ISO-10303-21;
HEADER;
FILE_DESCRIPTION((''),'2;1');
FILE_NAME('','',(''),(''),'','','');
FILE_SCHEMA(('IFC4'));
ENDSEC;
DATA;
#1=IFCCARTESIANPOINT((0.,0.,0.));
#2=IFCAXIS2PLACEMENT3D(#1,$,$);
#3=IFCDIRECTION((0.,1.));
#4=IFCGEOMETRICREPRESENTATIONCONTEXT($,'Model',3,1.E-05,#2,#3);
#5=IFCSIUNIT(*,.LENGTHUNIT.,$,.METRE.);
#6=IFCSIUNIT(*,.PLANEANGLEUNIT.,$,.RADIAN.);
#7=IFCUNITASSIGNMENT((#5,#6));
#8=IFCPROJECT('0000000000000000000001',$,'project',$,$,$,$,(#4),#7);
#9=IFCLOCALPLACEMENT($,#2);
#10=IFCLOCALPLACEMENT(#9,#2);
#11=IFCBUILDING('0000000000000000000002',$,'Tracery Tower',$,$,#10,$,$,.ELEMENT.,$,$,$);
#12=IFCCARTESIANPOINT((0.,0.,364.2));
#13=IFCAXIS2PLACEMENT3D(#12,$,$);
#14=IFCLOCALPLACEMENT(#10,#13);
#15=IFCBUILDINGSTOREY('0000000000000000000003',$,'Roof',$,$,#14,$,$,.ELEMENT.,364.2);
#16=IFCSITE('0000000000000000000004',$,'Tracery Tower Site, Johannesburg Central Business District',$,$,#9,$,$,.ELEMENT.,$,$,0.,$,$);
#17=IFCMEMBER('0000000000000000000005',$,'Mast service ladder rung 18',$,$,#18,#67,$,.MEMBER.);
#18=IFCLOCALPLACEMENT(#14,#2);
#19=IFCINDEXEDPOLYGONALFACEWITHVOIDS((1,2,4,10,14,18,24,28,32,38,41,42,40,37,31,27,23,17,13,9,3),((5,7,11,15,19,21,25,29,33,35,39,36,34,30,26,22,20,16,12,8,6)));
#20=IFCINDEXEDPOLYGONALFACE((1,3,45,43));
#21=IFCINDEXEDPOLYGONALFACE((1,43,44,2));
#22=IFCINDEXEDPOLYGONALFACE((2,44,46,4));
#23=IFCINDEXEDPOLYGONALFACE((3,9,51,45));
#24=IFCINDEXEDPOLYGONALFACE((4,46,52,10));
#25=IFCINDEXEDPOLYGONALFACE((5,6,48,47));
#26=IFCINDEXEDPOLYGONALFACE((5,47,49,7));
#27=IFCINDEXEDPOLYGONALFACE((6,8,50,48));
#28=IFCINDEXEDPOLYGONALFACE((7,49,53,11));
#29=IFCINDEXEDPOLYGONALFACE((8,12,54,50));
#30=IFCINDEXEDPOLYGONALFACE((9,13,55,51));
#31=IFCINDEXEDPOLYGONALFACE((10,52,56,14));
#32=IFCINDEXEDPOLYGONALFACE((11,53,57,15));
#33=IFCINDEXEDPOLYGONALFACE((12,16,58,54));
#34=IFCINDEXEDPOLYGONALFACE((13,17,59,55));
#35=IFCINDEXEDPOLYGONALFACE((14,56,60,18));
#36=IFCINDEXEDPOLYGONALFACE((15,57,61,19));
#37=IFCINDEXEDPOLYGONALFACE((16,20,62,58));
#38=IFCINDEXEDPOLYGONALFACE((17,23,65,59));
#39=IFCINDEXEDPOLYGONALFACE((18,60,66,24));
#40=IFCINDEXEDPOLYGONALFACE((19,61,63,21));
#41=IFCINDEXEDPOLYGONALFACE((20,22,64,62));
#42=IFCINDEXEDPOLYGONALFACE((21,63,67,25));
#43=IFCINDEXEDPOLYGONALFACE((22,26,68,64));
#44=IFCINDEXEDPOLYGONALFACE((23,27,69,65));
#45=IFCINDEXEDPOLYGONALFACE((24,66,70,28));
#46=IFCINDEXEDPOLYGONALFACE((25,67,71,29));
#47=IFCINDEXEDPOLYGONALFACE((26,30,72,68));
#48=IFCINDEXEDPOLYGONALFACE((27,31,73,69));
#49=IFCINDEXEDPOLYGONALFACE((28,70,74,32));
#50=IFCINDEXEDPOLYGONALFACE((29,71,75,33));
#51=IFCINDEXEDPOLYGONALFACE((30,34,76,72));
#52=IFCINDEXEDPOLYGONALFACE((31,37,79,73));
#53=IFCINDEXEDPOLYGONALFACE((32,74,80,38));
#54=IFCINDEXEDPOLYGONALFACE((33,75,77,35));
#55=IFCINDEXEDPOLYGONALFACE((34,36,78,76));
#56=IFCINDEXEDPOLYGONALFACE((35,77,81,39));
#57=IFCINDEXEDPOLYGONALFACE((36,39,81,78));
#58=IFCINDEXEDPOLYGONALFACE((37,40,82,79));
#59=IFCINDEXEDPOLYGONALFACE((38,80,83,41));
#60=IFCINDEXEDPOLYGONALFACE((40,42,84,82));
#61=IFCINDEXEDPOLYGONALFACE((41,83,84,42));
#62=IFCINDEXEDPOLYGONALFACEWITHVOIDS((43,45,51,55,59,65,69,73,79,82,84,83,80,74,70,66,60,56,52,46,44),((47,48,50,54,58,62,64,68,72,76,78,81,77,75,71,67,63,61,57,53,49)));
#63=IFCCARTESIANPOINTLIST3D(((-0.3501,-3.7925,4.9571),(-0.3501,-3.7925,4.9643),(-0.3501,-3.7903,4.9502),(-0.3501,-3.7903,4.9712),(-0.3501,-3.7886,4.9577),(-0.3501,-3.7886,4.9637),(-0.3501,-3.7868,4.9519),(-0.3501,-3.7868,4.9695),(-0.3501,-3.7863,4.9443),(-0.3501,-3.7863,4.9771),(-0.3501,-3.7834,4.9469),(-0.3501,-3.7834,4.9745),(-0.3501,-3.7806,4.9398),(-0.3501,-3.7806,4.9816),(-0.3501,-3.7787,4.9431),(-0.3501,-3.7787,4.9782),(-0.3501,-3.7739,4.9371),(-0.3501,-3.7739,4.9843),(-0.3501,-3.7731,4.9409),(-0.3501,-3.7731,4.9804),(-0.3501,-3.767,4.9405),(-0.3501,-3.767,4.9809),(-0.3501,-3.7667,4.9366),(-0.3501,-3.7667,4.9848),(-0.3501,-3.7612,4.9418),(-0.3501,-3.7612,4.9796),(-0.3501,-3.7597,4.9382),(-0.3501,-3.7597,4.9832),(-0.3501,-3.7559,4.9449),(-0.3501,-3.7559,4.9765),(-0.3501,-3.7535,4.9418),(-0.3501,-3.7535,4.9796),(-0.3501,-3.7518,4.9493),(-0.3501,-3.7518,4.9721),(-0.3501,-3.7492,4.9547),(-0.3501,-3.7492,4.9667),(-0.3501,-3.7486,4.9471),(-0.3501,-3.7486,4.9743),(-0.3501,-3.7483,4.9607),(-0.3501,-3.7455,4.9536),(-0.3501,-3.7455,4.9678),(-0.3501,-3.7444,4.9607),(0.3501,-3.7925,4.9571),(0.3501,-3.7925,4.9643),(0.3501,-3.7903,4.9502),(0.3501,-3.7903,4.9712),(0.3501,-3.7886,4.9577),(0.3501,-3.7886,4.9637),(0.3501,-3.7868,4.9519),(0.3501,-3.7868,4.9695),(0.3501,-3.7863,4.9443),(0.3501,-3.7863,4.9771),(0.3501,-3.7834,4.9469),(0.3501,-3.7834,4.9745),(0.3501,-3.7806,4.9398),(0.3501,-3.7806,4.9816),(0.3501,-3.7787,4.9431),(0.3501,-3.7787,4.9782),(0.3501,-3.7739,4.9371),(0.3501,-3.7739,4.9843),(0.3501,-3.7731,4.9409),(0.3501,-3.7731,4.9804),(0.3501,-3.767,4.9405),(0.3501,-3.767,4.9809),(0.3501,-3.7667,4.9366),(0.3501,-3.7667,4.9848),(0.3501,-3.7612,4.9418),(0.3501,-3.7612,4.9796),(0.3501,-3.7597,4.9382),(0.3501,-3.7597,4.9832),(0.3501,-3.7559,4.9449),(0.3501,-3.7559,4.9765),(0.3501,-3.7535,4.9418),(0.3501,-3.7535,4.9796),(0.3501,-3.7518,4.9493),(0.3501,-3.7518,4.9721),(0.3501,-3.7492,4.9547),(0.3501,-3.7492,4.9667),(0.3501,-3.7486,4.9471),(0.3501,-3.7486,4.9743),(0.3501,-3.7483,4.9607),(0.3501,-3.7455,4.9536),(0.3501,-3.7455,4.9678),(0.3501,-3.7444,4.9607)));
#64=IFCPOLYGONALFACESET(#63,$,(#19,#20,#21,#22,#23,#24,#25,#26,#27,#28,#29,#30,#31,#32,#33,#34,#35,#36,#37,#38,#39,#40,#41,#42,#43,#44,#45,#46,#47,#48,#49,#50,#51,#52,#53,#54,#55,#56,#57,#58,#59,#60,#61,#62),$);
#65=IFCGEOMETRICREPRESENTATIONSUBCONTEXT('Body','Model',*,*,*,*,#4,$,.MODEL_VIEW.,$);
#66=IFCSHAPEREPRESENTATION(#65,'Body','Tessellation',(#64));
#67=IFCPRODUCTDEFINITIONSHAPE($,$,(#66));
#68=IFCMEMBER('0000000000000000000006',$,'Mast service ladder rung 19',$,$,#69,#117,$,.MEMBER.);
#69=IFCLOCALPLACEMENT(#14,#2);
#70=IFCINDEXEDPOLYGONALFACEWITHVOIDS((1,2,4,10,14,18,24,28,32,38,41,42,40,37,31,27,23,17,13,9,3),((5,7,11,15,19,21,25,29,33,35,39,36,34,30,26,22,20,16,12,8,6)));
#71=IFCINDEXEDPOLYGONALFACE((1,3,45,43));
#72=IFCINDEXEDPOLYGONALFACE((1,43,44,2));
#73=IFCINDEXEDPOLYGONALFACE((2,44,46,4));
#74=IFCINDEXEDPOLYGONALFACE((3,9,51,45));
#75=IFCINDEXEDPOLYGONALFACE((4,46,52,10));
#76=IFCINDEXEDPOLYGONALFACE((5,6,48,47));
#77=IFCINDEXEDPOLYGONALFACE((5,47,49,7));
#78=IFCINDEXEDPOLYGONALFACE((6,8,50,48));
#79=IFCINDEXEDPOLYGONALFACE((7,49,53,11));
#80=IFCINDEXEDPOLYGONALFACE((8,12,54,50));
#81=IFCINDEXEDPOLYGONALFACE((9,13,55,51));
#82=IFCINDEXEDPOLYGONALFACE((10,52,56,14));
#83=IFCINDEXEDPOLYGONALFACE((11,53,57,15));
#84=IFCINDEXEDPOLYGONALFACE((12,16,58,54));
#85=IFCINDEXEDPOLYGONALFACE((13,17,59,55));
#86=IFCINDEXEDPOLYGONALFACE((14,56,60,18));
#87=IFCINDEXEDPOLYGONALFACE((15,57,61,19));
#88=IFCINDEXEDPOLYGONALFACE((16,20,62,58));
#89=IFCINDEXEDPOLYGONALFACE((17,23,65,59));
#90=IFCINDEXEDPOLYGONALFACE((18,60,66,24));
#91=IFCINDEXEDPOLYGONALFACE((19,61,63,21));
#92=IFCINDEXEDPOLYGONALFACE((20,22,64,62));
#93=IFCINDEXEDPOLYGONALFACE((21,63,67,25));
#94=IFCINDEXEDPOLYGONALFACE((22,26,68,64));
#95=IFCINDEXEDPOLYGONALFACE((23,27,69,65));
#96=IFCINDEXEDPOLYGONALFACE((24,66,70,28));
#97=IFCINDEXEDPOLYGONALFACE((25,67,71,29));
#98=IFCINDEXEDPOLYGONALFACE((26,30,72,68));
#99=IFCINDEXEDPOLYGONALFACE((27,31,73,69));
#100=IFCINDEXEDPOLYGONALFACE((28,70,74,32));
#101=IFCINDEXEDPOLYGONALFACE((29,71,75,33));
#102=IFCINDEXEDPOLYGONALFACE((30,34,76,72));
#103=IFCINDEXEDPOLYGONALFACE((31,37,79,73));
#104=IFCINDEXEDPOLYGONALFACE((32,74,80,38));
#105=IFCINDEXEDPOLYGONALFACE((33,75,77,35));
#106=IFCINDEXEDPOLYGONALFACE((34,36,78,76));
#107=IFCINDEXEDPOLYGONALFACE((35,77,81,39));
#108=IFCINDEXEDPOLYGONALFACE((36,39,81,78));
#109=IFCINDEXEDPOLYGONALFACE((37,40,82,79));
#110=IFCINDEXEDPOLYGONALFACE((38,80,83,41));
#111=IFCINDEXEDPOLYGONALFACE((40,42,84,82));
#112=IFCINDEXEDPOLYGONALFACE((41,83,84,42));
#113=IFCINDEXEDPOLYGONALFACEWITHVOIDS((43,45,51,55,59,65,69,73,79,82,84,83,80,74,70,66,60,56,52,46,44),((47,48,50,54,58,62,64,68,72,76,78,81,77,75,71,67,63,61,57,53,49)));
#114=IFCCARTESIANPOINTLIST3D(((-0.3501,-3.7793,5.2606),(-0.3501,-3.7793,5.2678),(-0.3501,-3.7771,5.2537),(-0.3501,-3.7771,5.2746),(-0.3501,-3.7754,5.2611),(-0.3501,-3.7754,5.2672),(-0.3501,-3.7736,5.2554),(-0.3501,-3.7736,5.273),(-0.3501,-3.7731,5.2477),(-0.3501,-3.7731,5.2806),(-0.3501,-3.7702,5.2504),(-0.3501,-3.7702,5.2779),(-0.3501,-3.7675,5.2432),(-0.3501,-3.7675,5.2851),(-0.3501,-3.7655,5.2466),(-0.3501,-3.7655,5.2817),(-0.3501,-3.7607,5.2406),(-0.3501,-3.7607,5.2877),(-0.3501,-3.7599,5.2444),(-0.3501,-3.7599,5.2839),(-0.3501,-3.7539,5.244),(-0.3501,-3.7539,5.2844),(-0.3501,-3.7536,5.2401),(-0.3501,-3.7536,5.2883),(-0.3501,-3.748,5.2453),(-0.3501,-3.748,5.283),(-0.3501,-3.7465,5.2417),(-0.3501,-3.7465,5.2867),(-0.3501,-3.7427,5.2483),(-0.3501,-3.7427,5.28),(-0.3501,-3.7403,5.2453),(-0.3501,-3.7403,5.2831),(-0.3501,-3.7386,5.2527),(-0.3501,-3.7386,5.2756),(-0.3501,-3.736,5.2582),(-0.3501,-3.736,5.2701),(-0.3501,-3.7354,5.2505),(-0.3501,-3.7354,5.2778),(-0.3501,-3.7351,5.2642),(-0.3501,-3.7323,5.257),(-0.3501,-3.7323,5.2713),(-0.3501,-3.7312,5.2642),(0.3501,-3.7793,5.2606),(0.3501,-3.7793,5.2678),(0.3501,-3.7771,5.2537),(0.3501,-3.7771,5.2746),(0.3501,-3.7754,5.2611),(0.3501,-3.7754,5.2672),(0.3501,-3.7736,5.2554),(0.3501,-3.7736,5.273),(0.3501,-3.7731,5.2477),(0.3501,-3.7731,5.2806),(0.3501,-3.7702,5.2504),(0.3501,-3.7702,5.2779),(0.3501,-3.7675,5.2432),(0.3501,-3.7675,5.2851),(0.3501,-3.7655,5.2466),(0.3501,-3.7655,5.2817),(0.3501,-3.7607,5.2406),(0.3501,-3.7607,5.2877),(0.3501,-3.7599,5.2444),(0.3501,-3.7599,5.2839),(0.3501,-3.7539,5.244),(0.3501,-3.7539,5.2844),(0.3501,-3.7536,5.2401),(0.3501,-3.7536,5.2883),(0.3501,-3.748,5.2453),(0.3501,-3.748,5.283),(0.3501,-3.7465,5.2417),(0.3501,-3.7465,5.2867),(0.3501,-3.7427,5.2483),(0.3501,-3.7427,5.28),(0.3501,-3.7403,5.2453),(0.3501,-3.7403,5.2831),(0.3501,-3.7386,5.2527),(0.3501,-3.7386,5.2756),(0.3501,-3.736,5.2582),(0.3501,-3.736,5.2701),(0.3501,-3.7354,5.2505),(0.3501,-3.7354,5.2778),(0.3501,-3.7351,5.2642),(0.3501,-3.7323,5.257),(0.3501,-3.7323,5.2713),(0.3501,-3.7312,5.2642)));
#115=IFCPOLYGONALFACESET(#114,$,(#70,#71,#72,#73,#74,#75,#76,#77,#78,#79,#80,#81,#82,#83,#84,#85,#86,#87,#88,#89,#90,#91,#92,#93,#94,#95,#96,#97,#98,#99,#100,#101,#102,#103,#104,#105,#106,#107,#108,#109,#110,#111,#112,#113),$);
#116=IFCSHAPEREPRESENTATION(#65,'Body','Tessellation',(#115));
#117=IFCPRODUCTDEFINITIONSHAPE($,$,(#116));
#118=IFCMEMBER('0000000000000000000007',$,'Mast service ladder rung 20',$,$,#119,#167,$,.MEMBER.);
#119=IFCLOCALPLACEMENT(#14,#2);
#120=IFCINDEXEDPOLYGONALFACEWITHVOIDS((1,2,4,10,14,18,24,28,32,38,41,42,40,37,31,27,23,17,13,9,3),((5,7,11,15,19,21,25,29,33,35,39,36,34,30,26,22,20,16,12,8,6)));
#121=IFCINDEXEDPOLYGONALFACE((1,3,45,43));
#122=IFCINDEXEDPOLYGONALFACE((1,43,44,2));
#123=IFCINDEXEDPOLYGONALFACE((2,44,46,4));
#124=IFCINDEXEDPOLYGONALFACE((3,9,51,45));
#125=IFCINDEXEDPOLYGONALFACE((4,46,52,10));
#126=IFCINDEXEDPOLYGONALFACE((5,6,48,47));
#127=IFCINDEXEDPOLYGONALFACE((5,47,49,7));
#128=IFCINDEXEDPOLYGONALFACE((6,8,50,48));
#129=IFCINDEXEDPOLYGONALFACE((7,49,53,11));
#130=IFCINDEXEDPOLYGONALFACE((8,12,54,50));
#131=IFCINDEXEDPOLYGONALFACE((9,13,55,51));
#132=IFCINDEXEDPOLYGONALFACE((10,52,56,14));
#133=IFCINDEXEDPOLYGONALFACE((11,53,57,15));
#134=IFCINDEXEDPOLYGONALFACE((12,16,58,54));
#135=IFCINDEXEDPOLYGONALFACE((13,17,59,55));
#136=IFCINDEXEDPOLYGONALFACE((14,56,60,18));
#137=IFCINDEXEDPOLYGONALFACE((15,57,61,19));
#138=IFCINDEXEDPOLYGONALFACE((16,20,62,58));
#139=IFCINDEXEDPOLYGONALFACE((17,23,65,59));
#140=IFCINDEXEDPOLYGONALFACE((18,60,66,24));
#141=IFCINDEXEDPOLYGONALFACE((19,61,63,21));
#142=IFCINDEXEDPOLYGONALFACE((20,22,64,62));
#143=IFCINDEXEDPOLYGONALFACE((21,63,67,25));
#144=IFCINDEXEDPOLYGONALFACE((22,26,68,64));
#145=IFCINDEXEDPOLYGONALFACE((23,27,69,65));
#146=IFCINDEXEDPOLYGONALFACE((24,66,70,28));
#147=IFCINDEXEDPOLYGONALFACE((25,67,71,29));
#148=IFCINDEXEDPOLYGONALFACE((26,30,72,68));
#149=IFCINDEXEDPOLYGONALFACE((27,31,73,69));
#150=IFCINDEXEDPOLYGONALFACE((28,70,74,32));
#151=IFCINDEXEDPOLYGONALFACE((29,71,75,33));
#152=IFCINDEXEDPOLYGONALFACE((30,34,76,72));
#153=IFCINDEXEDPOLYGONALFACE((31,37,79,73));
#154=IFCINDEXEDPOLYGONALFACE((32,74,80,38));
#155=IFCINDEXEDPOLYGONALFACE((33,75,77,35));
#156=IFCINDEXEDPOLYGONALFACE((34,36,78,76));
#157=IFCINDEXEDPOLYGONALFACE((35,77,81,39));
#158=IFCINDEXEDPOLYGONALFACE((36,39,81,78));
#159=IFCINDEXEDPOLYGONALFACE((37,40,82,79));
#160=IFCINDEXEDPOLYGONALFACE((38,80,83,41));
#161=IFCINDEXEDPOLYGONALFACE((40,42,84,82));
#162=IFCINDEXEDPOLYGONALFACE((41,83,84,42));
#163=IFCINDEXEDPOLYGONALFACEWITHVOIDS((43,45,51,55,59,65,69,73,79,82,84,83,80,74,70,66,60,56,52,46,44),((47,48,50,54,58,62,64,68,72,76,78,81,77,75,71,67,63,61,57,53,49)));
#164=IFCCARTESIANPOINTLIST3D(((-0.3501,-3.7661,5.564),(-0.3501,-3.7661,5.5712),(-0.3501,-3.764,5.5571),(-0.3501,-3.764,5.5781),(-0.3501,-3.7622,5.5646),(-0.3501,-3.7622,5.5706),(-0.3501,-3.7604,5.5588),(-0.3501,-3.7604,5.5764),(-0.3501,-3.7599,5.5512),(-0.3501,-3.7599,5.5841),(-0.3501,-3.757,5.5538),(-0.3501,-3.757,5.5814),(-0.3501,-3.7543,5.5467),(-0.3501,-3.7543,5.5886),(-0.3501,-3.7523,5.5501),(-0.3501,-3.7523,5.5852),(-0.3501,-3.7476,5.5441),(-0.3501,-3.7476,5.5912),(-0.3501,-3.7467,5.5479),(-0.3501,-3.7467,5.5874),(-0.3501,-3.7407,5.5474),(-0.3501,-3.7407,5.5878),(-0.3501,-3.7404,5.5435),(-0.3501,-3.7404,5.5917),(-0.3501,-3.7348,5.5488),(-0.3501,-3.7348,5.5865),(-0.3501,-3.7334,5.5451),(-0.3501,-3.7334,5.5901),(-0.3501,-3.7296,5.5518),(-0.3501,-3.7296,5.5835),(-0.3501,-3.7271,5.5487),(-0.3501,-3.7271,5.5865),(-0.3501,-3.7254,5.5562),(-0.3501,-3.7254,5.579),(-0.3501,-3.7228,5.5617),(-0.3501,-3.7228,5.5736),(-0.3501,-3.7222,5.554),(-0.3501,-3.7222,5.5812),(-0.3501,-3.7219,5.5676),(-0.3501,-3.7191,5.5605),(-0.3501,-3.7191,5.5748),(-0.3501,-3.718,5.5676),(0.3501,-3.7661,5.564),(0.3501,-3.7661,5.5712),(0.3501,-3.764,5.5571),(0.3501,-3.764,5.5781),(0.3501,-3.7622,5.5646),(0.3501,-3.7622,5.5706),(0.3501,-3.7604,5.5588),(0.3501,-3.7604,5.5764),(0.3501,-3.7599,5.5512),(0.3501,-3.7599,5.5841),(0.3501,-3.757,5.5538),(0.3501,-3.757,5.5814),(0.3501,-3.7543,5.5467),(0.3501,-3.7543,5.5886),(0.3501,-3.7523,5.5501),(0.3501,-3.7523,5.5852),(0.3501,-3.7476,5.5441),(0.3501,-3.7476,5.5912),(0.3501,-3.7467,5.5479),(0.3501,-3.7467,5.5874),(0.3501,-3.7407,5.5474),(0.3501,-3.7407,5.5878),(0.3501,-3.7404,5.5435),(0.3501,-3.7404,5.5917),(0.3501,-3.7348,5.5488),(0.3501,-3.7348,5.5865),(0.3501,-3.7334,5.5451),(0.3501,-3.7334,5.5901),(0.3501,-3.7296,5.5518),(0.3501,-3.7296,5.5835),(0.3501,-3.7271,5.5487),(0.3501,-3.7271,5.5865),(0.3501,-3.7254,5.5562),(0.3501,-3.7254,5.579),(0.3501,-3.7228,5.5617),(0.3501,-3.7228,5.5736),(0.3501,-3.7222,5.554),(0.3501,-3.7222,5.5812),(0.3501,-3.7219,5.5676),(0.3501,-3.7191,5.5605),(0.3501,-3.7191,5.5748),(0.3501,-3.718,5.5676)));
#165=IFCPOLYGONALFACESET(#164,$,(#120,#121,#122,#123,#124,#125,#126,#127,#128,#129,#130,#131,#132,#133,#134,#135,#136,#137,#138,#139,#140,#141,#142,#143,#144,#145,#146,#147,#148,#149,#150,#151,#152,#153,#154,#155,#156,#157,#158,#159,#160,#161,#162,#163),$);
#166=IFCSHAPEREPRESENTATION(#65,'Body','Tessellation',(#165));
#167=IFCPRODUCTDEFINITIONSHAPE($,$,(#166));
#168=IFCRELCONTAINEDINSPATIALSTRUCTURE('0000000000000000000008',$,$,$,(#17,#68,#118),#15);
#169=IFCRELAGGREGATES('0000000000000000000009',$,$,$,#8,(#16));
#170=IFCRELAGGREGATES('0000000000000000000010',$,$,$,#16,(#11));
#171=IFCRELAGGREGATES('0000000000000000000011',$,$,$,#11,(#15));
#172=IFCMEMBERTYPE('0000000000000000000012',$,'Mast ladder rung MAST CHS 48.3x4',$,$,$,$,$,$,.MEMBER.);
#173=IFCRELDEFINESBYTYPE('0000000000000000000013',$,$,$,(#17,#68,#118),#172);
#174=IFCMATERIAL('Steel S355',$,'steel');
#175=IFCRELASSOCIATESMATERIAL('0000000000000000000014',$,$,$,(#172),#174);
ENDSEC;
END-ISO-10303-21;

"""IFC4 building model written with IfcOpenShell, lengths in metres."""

from ifc_helpers import new_model, si_unit, direction, frame, origin, origin_2d, place, context, subcontext, project, spatial, hollow_circle, extrude, material, material_profile, profile_set, type_object, element, save


model = new_model("IFC4")

# Units and contexts
model_context = context("Model", 3, precision=1e-05, world=origin(), true_north=direction((0.0, 1.0)))
body_context = subcontext(model_context, "Body", "Model", "MODEL_VIEW")
ifc_project = project(units=[si_unit("LENGTHUNIT", "METRE"), si_unit("PLANEANGLEUNIT", "RADIAN")], contexts=[model_context])

# Site, building, storey
site_placement = place(None, origin())
site = spatial("IfcSite", under=ifc_project, at=site_placement, Name="Tracery Tower Site, Johannesburg Central Business District", CompositionType="ELEMENT", RefElevation=0.0)
building_placement = place(site_placement, origin())
building = spatial("IfcBuilding", under=site, at=building_placement, Name="Tracery Tower", CompositionType="ELEMENT")
storey_placement = place(building_placement, frame((0.0, 0.0, 364.2)))
storey = spatial("IfcBuildingStorey", under=building, at=storey_placement, Name="Roof", CompositionType="ELEMENT", Elevation=364.2)

# Members
ifc_material_1 = material(Name="Steel S355", Category="steel")
ifc_material_profile_1 = material_profile(ifc_material_1, hollow_circle(Radius=0.0242, WallThickness=0.0039, at=origin_2d()), Name="CHS 48.3x4")
ifc_profile_set_1 = profile_set([ifc_material_profile_1], Name="Steel S355")
member_type_1 = type_object("IfcMemberType", Name="Mast ladder rung MAST CHS 48.3x4", PredefinedType="MEMBER", material=ifc_profile_set_1)
for number, where, z_axis, x_axis, name in (
    (1, (-0.3501, -3.7686, 4.9607), (1.0, 0.0, 0.0), (0.0, 1.0, 0.0), "Mast service ladder rung 18"),
    (2, (-0.3501, -3.7554, 5.2642), (1.0, 0.0, 0.0), (0.0, 1.0, 0.0), "Mast service ladder rung 19"),
    (3, (-0.3501, -3.7422, 5.5676), (1.0, 0.0, 0.0), (0.0, 1.0, 0.0), "Mast service ladder rung 20"),
):
    element("IfcMember", number, at=place(storey_placement, frame(where, z_axis=z_axis, x_axis=x_axis)), inside=storey, type_object=member_type_1, Name=name, PredefinedType="MEMBER", context=body_context, shape_type="SweptSolid", body=[
        extrude(hollow_circle(Radius=0.0242, WallThickness=0.0039, at=origin_2d()), origin(), (0.0, 0.0, 1.0), 0.7002),
    ])

save(model, "model.ifc")
